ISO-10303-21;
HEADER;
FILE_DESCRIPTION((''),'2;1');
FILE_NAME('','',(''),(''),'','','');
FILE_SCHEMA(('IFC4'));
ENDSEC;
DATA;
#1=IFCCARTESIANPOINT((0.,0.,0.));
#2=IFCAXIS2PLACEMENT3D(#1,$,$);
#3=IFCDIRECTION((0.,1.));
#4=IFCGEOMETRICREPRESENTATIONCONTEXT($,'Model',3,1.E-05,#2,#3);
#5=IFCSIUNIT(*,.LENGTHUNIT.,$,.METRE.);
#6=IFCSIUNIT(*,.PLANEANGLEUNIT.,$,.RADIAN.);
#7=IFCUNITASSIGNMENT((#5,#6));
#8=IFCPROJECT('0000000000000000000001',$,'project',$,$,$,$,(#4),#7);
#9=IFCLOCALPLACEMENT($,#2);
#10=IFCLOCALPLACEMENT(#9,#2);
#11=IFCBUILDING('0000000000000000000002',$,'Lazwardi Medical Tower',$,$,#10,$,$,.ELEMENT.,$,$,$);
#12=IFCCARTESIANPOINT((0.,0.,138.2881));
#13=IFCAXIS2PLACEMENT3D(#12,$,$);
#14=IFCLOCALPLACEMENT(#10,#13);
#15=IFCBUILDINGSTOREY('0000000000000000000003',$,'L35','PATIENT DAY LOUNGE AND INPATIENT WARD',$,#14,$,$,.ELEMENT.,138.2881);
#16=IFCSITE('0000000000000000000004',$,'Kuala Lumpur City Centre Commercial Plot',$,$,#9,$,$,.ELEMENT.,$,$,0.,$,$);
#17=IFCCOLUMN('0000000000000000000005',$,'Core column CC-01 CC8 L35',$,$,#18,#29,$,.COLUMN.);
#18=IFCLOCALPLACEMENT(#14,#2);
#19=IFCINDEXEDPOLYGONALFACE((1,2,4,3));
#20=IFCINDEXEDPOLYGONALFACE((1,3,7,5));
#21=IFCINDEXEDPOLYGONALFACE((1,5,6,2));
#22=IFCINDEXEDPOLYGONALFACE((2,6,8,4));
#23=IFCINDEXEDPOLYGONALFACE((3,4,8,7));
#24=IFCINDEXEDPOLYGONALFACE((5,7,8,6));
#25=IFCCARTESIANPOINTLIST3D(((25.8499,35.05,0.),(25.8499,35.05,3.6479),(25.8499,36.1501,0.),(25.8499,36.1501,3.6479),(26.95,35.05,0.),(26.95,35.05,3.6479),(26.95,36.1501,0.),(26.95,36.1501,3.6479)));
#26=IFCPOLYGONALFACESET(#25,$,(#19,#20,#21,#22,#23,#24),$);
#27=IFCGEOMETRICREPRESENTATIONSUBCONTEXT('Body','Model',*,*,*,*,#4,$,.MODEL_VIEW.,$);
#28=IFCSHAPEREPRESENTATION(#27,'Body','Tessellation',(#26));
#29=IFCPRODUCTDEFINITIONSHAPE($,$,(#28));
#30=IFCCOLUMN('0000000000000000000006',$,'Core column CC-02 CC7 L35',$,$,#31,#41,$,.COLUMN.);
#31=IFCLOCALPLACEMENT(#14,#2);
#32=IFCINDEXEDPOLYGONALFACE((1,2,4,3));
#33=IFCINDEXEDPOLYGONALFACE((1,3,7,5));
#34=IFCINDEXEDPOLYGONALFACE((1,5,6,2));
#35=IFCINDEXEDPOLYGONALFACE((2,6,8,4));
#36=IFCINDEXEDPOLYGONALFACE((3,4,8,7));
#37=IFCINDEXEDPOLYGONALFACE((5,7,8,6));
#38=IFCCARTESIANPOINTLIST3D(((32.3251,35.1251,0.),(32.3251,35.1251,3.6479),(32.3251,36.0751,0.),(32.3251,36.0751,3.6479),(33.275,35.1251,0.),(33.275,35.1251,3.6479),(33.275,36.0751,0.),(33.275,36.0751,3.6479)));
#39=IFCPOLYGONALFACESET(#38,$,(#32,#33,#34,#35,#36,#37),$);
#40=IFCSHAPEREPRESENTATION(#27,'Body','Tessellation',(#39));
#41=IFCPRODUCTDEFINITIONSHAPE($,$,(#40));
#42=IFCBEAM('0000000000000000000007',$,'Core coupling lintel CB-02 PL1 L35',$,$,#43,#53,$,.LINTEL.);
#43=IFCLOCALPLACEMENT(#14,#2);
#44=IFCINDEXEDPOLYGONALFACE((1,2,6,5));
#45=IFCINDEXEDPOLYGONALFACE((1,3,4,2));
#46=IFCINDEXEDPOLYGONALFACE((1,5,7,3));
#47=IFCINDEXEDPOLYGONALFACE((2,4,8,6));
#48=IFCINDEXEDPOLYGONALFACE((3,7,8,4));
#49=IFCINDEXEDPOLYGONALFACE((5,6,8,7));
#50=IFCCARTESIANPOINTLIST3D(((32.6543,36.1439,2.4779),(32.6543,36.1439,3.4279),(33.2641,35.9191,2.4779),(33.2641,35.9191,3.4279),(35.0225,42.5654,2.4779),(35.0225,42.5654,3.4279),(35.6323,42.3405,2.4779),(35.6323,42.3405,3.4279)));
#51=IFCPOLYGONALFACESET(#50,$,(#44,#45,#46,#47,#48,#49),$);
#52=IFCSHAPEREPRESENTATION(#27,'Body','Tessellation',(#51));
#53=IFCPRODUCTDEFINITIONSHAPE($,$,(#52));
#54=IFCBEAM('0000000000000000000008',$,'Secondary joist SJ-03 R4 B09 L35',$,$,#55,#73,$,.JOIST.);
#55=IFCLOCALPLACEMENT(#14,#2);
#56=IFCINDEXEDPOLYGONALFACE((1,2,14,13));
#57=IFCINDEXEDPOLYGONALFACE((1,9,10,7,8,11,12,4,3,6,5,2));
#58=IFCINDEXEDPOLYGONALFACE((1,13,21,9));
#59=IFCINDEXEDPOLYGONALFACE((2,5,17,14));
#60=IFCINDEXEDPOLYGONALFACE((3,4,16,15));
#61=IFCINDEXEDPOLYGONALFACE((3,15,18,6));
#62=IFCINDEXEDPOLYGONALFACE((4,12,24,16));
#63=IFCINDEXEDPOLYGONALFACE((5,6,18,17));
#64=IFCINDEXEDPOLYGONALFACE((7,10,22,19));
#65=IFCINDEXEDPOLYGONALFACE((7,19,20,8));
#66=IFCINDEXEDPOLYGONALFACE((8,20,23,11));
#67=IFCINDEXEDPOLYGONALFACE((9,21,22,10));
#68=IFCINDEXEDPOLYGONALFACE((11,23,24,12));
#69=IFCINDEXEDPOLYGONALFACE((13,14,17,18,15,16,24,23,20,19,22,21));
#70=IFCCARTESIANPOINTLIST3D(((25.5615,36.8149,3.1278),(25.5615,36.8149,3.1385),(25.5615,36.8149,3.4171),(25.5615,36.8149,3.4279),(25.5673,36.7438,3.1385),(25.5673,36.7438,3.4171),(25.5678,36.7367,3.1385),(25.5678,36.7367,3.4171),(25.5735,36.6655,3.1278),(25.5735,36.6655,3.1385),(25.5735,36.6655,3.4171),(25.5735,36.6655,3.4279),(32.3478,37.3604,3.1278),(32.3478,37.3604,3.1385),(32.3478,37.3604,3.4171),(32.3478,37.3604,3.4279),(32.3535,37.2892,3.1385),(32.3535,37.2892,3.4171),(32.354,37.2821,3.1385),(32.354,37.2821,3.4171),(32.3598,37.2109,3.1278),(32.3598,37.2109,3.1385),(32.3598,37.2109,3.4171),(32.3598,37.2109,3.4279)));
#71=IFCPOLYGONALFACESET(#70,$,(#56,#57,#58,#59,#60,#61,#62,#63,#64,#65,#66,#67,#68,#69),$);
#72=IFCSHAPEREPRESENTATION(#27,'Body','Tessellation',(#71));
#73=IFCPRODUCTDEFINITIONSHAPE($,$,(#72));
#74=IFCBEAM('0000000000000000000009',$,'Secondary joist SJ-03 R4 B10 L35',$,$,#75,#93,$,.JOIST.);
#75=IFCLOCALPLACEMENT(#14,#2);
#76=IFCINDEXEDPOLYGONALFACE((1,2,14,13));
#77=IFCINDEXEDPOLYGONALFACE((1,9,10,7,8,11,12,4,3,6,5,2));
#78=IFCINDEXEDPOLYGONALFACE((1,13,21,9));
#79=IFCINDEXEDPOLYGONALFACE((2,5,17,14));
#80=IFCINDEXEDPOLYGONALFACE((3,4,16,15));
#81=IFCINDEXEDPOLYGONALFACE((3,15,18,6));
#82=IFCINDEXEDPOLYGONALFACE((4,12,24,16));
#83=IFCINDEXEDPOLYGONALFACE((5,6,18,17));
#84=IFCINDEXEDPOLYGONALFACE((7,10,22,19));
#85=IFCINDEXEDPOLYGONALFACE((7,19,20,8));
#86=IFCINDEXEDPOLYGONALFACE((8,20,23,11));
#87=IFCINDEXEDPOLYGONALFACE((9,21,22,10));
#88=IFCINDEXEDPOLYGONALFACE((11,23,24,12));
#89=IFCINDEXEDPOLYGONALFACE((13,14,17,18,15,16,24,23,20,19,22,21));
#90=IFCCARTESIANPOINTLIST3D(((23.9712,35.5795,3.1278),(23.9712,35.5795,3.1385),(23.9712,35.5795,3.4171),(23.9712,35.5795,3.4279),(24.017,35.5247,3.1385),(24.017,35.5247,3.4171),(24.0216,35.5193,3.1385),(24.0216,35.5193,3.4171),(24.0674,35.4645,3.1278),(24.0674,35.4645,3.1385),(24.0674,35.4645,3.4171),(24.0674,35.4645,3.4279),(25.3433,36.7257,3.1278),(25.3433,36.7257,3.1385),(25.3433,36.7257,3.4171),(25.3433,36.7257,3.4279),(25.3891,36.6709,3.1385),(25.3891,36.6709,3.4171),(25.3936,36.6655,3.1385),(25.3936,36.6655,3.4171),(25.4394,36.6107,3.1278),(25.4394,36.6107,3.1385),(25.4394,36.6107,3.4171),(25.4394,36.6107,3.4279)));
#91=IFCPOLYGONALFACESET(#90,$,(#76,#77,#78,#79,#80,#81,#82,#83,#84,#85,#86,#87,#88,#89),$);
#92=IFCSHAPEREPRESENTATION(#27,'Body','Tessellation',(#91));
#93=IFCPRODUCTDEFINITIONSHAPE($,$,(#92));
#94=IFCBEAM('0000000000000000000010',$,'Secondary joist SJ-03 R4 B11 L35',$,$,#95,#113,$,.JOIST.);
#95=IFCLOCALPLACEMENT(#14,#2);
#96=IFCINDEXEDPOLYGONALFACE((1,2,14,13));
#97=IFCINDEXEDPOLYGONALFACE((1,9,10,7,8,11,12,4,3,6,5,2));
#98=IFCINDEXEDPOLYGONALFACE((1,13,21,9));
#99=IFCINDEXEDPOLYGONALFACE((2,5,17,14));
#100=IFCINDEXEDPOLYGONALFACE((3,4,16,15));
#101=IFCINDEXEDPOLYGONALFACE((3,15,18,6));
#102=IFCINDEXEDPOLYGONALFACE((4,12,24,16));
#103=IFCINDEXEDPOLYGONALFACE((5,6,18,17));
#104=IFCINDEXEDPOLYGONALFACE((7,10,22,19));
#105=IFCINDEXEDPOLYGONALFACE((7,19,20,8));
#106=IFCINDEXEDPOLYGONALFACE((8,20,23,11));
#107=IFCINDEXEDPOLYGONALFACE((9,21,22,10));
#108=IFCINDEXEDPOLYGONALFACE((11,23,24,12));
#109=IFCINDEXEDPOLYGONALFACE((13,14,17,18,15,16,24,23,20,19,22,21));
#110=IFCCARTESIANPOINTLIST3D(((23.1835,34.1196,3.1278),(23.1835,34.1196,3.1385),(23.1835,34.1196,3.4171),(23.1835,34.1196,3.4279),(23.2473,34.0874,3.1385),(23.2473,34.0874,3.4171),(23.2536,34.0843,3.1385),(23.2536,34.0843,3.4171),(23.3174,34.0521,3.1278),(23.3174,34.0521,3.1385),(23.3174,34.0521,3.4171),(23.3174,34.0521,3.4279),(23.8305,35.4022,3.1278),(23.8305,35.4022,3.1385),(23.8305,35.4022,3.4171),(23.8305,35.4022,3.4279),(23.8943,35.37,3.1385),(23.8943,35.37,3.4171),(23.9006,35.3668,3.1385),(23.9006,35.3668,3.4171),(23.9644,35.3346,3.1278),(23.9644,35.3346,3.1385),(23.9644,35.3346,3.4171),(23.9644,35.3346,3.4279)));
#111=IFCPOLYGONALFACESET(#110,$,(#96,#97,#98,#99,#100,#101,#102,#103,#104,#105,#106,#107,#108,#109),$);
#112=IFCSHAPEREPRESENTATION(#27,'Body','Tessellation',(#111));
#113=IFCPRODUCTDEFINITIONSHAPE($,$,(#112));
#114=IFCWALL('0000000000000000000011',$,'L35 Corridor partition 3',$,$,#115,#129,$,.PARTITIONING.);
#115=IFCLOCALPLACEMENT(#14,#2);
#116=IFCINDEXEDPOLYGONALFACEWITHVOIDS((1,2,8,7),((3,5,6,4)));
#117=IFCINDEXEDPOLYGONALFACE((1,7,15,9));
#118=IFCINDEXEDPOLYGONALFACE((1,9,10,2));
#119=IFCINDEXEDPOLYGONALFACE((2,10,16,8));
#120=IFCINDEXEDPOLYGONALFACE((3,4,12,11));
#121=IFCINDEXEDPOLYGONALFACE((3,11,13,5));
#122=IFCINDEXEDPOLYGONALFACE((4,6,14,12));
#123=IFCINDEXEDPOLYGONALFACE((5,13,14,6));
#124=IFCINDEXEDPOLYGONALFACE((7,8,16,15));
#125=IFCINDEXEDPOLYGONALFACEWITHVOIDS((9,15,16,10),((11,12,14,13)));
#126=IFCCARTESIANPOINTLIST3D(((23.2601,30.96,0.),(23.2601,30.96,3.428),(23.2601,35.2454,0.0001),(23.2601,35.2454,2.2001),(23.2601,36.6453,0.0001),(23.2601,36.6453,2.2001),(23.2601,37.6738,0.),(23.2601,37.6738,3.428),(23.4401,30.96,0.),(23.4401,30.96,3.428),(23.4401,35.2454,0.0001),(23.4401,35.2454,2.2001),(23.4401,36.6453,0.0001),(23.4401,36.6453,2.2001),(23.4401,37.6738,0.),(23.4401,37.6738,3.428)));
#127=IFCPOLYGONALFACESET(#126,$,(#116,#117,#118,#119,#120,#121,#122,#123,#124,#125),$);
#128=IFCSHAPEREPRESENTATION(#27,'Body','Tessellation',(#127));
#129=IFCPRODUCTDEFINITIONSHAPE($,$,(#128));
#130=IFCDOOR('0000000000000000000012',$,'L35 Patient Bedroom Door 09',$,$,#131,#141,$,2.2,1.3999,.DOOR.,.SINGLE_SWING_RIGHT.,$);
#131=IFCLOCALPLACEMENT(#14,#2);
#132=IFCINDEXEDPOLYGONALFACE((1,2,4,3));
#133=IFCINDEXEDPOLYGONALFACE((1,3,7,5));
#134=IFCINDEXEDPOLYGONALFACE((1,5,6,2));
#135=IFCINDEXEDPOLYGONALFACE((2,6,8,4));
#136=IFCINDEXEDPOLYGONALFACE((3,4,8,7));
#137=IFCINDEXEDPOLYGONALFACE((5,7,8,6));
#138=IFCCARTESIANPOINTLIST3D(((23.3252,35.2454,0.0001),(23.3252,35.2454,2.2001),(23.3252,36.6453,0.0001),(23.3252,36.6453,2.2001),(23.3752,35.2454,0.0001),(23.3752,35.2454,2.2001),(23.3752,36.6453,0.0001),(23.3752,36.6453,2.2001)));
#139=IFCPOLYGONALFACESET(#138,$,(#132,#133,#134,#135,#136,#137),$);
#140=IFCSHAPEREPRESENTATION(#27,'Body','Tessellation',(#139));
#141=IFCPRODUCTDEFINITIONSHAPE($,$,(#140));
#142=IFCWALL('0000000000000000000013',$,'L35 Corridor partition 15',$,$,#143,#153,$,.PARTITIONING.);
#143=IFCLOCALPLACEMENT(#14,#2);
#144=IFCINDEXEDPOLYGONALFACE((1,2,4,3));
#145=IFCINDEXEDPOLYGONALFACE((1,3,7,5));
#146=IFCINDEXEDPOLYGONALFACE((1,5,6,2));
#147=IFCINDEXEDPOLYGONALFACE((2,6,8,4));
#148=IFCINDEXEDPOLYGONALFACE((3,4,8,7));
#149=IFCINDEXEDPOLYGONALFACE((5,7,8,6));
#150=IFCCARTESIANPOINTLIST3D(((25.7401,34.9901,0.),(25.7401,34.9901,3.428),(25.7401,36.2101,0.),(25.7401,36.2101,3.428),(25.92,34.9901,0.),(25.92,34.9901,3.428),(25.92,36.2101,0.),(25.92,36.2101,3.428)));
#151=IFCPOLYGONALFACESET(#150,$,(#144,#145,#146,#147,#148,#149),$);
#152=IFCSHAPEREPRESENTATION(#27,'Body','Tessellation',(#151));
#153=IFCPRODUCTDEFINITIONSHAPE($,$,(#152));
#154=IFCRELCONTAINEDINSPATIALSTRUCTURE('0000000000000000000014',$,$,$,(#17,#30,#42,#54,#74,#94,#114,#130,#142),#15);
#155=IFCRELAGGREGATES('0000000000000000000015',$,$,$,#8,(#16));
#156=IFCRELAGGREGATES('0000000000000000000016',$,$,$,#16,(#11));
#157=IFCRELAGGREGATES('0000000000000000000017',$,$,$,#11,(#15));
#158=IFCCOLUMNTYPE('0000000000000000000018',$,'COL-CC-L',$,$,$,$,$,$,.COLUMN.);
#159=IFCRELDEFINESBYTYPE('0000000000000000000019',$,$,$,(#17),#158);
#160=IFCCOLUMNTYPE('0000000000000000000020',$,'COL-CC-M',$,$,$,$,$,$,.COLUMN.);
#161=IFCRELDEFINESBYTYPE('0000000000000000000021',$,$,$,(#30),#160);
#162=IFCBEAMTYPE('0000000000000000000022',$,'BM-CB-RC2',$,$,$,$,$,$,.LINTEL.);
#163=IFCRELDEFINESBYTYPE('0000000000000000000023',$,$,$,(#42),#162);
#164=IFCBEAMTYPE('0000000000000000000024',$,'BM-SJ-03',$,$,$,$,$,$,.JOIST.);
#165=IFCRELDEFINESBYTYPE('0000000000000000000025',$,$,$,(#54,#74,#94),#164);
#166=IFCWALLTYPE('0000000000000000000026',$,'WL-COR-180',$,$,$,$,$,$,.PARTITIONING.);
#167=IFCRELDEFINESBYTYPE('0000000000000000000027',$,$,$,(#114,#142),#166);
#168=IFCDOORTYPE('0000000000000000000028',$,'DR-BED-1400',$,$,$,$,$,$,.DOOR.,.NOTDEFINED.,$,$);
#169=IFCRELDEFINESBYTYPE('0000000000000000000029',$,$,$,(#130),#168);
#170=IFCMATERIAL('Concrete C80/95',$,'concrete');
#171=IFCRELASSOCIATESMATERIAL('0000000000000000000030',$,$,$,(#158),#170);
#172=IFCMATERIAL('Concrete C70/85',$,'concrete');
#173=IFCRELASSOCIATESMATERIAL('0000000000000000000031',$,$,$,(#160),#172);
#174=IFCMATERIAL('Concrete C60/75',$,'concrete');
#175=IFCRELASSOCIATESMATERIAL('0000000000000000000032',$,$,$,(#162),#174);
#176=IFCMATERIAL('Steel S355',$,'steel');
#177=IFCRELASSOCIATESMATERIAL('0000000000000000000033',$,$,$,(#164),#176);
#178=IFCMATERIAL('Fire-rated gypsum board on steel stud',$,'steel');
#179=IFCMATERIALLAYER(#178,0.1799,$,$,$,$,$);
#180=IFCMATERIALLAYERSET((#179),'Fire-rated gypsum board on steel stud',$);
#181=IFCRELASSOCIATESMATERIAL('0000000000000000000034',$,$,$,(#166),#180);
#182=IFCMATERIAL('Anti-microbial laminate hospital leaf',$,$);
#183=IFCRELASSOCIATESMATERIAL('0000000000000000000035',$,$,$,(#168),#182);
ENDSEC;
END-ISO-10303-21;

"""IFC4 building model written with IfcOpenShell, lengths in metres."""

from ifc_helpers import new_model, si_unit, direction, frame, frame_2d, origin, origin_2d, place, context, subcontext, project, spatial, rectangle, i_section, extrude, material, layer, layer_set, material_profile, profile_set, type_object, element, fill, save


model = new_model("IFC4")

# Units and contexts
model_context = context("Model", 3, precision=1e-05, world=origin(), true_north=direction((0.0, 1.0)))
body_context = subcontext(model_context, "Body", "Model", "MODEL_VIEW")
ifc_project = project(units=[si_unit("LENGTHUNIT", "METRE"), si_unit("PLANEANGLEUNIT", "RADIAN")], contexts=[model_context])

# Site, building, storey
site_placement = place(None, origin())
site = spatial("IfcSite", under=ifc_project, at=site_placement, Name="Kuala Lumpur City Centre Commercial Plot", CompositionType="ELEMENT", RefElevation=0.0)
building_placement = place(site_placement, origin())
building = spatial("IfcBuilding", under=site, at=building_placement, Name="Lazwardi Medical Tower", CompositionType="ELEMENT")
storey_placement = place(building_placement, frame((0.0, 0.0, 138.2881)))
storey = spatial("IfcBuildingStorey", under=building, at=storey_placement, Name="L35", Description="PATIENT DAY LOUNGE AND INPATIENT WARD", CompositionType="ELEMENT", Elevation=138.2881)

# Columns
ifc_material_1 = material(Name="Concrete C80/95", Category="concrete")
ifc_material_profile_1 = material_profile(ifc_material_1, rectangle(XDim=1.1001, YDim=1.1001, at=origin_2d()), Name="RC 1100x1100")
ifc_profile_set_1 = profile_set([ifc_material_profile_1], Name="Concrete C80/95")
column_type_1 = type_object("IfcColumnType", Name="COL-CC-L", PredefinedType="COLUMN", material=ifc_profile_set_1)
column_1_placement = place(storey_placement, frame((26.3999, 35.6001, 0.0), z_axis=(0.0, 0.0, 1.0), x_axis=(1.0, 0.0, 0.0)))
element("IfcColumn", 1, at=column_1_placement, inside=storey, type_object=column_type_1, Name="Core column CC-01 CC8 L35", PredefinedType="COLUMN", context=body_context, shape_type="SweptSolid", body=[
    extrude(rectangle(XDim=1.1001, YDim=1.1001, at=origin_2d()), origin(), (0.0, 0.0, 1.0), 3.6479),
])
ifc_material_2 = material(Name="Concrete C70/85", Category="concrete")
ifc_material_profile_2 = material_profile(ifc_material_2, rectangle(XDim=0.95, YDim=0.95, at=origin_2d()), Name="RC 950x950")
ifc_profile_set_2 = profile_set([ifc_material_profile_2], Name="Concrete C70/85")
column_type_2 = type_object("IfcColumnType", Name="COL-CC-M", PredefinedType="COLUMN", material=ifc_profile_set_2)
column_2_placement = place(storey_placement, frame((32.8, 35.6001, 0.0), z_axis=(0.0, 0.0, 1.0), x_axis=(1.0, 0.0, 0.0)))
element("IfcColumn", 2, at=column_2_placement, inside=storey, type_object=column_type_2, Name="Core column CC-02 CC7 L35", PredefinedType="COLUMN", context=body_context, shape_type="SweptSolid", body=[
    extrude(rectangle(XDim=0.95, YDim=0.95, at=origin_2d()), origin(), (0.0, 0.0, 1.0), 3.6479),
])

# Beams
ifc_material_3 = material(Name="Concrete C60/75", Category="concrete")
ifc_material_profile_3 = material_profile(ifc_material_3, rectangle(XDim=0.6499, YDim=0.95, at=origin_2d()), Name="RC 650x950")
ifc_profile_set_3 = profile_set([ifc_material_profile_3], Name="Concrete C60/75")
beam_type_1 = type_object("IfcBeamType", Name="BM-CB-RC2", PredefinedType="LINTEL", material=ifc_profile_set_3)
beam_1_placement = place(storey_placement, frame((32.9592, 36.0315, 2.9529), z_axis=(0.346013, 0.93823, 0.0), x_axis=(-0.93823, 0.346013, 0.0)))
element("IfcBeam", 3, at=beam_1_placement, inside=storey, type_object=beam_type_1, Name="Core coupling lintel CB-02 PL1 L35", PredefinedType="LINTEL", context=body_context, shape_type="SweptSolid", body=[
    extrude(rectangle(XDim=0.6499, YDim=0.95, at=origin_2d()), origin(), (0.0, 0.0, 1.0), 6.8442),
])
ifc_material_4 = material(Name="Steel S355", Category="steel")
ifc_material_profile_4 = material_profile(ifc_material_4, i_section(OverallWidth=0.1499, OverallDepth=0.3, WebThickness=0.0071, FlangeThickness=0.0107, at=origin_2d()), Name="IPE 300")
ifc_profile_set_4 = profile_set([ifc_material_profile_4], Name="Steel S355")
beam_type_2 = type_object("IfcBeamType", Name="BM-SJ-03", PredefinedType="JOIST", material=ifc_profile_set_4)
beam_2_placement = place(storey_placement, frame((32.3538, 37.2856, 3.2778), z_axis=(-0.996786, -0.080113, 0.0), x_axis=(0.080113, -0.996786, 0.0)))
element("IfcBeam", 4, at=beam_2_placement, inside=storey, type_object=beam_type_2, Name="Secondary joist SJ-03 R4 B09 L35", PredefinedType="JOIST", context=body_context, shape_type="SweptSolid", body=[
    extrude(i_section(OverallWidth=0.1499, OverallDepth=0.3, WebThickness=0.0071, FlangeThickness=0.0107, at=origin_2d()), origin(), (0.0, 0.0, 1.0), 6.8081),
])
beam_3_placement = place(storey_placement, frame((25.3914, 36.6682, 3.2778), z_axis=(-0.767437, -0.641124, 0.0), x_axis=(0.641124, -0.767437, 0.0)))
element("IfcBeam", 5, at=beam_3_placement, inside=storey, type_object=beam_type_2, Name="Secondary joist SJ-03 R4 B10 L35", PredefinedType="JOIST", context=body_context, shape_type="SweptSolid", body=[
    extrude(i_section(OverallWidth=0.1499, OverallDepth=0.3, WebThickness=0.0071, FlangeThickness=0.0107, at=origin_2d()), origin(), (0.0, 0.0, 1.0), 1.7878),
])
beam_4_placement = place(storey_placement, frame((23.8975, 35.3684, 3.2778), z_axis=(-0.450406, -0.892824, 0.0), x_axis=(0.892824, -0.450406, 0.0)))
element("IfcBeam", 6, at=beam_4_placement, inside=storey, type_object=beam_type_2, Name="Secondary joist SJ-03 R4 B11 L35", PredefinedType="JOIST", context=body_context, shape_type="SweptSolid", body=[
    extrude(i_section(OverallWidth=0.1499, OverallDepth=0.3, WebThickness=0.0071, FlangeThickness=0.0107, at=origin_2d()), origin(), (0.0, 0.0, 1.0), 1.4365),
])

# Wall, opening, door
ifc_material_5 = material(Name="Fire-rated gypsum board on steel stud", Category="steel")
ifc_layer_1 = layer(ifc_material_5, 0.1799)
ifc_layer_set_1 = layer_set([ifc_layer_1], Name="Fire-rated gypsum board on steel stud")
wall_type_1 = type_object("IfcWallType", Name="WL-COR-180", PredefinedType="PARTITIONING", material=ifc_layer_set_1)
wall_1_placement = place(storey_placement, frame((23.3501, 30.96, 0.0), z_axis=(0.0, 0.0, 1.0), x_axis=(0.0, 1.0, 0.0)))
wall_1 = element("IfcWall", 7, at=wall_1_placement, inside=storey, type_object=wall_type_1, Name="L35 Corridor partition 3", PredefinedType="PARTITIONING", context=body_context, shape_type="SweptSolid", body=[
    extrude(rectangle(XDim=6.7139, YDim=0.1799, at=frame_2d((3.3569, 0.0))), origin(), (0.0, 0.0, 1.0), 3.428),
])
opening_1_placement = place(wall_1_placement, frame((4.2854, 0.0, 0.0)))
opening_1 = element("IfcOpeningElement", 8, at=opening_1_placement, cuts=wall_1, PredefinedType="OPENING", context=body_context, shape_type="SweptSolid", body=[
    extrude(rectangle(XDim=1.3999, YDim=2.2, at=frame_2d((0.7, 1.1001))), frame((0.0, 0.0999, 0.0), z_axis=(0.0, -1.0, 0.0), x_axis=(1.0, 0.0, 0.0)), (0.0, 0.0, 1.0), 0.2),
])
ifc_material_6 = material(Name="Anti-microbial laminate hospital leaf")
door_type_1 = type_object("IfcDoorType", Name="DR-BED-1400", OperationType="NOTDEFINED", PredefinedType="DOOR", material=ifc_material_6)
door_1_placement = place(opening_1_placement, origin())
door_1 = element("IfcDoor", 9, at=door_1_placement, inside=storey, type_object=door_type_1, Name="L35 Patient Bedroom Door 09", OperationType="SINGLE_SWING_RIGHT", OverallHeight=2.2, OverallWidth=1.3999, PredefinedType="DOOR", context=body_context, shape_type="SweptSolid", body=[
    extrude(rectangle(XDim=1.3999, YDim=2.2, at=frame_2d((0.7, 1.1001))), frame((0.0, 0.0249, 0.0), z_axis=(0.0, -1.0, 0.0), x_axis=(1.0, 0.0, 0.0)), (0.0, 0.0, 1.0), 0.05),
])
fill(opening_1, door_1)

# Wall
wall_2_placement = place(storey_placement, frame((25.8301, 36.21, 0.0), z_axis=(0.0, 0.0, 1.0), x_axis=(0.0, -1.0, 0.0)))
element("IfcWall", 10, at=wall_2_placement, inside=storey, type_object=wall_type_1, Name="L35 Corridor partition 15", PredefinedType="PARTITIONING", context=body_context, shape_type="SweptSolid", body=[
    extrude(rectangle(XDim=1.22, YDim=0.1799, at=frame_2d((0.6099, 0.0))), origin(), (0.0, 0.0, 1.0), 3.428),
])

save(model, "model.ifc")
